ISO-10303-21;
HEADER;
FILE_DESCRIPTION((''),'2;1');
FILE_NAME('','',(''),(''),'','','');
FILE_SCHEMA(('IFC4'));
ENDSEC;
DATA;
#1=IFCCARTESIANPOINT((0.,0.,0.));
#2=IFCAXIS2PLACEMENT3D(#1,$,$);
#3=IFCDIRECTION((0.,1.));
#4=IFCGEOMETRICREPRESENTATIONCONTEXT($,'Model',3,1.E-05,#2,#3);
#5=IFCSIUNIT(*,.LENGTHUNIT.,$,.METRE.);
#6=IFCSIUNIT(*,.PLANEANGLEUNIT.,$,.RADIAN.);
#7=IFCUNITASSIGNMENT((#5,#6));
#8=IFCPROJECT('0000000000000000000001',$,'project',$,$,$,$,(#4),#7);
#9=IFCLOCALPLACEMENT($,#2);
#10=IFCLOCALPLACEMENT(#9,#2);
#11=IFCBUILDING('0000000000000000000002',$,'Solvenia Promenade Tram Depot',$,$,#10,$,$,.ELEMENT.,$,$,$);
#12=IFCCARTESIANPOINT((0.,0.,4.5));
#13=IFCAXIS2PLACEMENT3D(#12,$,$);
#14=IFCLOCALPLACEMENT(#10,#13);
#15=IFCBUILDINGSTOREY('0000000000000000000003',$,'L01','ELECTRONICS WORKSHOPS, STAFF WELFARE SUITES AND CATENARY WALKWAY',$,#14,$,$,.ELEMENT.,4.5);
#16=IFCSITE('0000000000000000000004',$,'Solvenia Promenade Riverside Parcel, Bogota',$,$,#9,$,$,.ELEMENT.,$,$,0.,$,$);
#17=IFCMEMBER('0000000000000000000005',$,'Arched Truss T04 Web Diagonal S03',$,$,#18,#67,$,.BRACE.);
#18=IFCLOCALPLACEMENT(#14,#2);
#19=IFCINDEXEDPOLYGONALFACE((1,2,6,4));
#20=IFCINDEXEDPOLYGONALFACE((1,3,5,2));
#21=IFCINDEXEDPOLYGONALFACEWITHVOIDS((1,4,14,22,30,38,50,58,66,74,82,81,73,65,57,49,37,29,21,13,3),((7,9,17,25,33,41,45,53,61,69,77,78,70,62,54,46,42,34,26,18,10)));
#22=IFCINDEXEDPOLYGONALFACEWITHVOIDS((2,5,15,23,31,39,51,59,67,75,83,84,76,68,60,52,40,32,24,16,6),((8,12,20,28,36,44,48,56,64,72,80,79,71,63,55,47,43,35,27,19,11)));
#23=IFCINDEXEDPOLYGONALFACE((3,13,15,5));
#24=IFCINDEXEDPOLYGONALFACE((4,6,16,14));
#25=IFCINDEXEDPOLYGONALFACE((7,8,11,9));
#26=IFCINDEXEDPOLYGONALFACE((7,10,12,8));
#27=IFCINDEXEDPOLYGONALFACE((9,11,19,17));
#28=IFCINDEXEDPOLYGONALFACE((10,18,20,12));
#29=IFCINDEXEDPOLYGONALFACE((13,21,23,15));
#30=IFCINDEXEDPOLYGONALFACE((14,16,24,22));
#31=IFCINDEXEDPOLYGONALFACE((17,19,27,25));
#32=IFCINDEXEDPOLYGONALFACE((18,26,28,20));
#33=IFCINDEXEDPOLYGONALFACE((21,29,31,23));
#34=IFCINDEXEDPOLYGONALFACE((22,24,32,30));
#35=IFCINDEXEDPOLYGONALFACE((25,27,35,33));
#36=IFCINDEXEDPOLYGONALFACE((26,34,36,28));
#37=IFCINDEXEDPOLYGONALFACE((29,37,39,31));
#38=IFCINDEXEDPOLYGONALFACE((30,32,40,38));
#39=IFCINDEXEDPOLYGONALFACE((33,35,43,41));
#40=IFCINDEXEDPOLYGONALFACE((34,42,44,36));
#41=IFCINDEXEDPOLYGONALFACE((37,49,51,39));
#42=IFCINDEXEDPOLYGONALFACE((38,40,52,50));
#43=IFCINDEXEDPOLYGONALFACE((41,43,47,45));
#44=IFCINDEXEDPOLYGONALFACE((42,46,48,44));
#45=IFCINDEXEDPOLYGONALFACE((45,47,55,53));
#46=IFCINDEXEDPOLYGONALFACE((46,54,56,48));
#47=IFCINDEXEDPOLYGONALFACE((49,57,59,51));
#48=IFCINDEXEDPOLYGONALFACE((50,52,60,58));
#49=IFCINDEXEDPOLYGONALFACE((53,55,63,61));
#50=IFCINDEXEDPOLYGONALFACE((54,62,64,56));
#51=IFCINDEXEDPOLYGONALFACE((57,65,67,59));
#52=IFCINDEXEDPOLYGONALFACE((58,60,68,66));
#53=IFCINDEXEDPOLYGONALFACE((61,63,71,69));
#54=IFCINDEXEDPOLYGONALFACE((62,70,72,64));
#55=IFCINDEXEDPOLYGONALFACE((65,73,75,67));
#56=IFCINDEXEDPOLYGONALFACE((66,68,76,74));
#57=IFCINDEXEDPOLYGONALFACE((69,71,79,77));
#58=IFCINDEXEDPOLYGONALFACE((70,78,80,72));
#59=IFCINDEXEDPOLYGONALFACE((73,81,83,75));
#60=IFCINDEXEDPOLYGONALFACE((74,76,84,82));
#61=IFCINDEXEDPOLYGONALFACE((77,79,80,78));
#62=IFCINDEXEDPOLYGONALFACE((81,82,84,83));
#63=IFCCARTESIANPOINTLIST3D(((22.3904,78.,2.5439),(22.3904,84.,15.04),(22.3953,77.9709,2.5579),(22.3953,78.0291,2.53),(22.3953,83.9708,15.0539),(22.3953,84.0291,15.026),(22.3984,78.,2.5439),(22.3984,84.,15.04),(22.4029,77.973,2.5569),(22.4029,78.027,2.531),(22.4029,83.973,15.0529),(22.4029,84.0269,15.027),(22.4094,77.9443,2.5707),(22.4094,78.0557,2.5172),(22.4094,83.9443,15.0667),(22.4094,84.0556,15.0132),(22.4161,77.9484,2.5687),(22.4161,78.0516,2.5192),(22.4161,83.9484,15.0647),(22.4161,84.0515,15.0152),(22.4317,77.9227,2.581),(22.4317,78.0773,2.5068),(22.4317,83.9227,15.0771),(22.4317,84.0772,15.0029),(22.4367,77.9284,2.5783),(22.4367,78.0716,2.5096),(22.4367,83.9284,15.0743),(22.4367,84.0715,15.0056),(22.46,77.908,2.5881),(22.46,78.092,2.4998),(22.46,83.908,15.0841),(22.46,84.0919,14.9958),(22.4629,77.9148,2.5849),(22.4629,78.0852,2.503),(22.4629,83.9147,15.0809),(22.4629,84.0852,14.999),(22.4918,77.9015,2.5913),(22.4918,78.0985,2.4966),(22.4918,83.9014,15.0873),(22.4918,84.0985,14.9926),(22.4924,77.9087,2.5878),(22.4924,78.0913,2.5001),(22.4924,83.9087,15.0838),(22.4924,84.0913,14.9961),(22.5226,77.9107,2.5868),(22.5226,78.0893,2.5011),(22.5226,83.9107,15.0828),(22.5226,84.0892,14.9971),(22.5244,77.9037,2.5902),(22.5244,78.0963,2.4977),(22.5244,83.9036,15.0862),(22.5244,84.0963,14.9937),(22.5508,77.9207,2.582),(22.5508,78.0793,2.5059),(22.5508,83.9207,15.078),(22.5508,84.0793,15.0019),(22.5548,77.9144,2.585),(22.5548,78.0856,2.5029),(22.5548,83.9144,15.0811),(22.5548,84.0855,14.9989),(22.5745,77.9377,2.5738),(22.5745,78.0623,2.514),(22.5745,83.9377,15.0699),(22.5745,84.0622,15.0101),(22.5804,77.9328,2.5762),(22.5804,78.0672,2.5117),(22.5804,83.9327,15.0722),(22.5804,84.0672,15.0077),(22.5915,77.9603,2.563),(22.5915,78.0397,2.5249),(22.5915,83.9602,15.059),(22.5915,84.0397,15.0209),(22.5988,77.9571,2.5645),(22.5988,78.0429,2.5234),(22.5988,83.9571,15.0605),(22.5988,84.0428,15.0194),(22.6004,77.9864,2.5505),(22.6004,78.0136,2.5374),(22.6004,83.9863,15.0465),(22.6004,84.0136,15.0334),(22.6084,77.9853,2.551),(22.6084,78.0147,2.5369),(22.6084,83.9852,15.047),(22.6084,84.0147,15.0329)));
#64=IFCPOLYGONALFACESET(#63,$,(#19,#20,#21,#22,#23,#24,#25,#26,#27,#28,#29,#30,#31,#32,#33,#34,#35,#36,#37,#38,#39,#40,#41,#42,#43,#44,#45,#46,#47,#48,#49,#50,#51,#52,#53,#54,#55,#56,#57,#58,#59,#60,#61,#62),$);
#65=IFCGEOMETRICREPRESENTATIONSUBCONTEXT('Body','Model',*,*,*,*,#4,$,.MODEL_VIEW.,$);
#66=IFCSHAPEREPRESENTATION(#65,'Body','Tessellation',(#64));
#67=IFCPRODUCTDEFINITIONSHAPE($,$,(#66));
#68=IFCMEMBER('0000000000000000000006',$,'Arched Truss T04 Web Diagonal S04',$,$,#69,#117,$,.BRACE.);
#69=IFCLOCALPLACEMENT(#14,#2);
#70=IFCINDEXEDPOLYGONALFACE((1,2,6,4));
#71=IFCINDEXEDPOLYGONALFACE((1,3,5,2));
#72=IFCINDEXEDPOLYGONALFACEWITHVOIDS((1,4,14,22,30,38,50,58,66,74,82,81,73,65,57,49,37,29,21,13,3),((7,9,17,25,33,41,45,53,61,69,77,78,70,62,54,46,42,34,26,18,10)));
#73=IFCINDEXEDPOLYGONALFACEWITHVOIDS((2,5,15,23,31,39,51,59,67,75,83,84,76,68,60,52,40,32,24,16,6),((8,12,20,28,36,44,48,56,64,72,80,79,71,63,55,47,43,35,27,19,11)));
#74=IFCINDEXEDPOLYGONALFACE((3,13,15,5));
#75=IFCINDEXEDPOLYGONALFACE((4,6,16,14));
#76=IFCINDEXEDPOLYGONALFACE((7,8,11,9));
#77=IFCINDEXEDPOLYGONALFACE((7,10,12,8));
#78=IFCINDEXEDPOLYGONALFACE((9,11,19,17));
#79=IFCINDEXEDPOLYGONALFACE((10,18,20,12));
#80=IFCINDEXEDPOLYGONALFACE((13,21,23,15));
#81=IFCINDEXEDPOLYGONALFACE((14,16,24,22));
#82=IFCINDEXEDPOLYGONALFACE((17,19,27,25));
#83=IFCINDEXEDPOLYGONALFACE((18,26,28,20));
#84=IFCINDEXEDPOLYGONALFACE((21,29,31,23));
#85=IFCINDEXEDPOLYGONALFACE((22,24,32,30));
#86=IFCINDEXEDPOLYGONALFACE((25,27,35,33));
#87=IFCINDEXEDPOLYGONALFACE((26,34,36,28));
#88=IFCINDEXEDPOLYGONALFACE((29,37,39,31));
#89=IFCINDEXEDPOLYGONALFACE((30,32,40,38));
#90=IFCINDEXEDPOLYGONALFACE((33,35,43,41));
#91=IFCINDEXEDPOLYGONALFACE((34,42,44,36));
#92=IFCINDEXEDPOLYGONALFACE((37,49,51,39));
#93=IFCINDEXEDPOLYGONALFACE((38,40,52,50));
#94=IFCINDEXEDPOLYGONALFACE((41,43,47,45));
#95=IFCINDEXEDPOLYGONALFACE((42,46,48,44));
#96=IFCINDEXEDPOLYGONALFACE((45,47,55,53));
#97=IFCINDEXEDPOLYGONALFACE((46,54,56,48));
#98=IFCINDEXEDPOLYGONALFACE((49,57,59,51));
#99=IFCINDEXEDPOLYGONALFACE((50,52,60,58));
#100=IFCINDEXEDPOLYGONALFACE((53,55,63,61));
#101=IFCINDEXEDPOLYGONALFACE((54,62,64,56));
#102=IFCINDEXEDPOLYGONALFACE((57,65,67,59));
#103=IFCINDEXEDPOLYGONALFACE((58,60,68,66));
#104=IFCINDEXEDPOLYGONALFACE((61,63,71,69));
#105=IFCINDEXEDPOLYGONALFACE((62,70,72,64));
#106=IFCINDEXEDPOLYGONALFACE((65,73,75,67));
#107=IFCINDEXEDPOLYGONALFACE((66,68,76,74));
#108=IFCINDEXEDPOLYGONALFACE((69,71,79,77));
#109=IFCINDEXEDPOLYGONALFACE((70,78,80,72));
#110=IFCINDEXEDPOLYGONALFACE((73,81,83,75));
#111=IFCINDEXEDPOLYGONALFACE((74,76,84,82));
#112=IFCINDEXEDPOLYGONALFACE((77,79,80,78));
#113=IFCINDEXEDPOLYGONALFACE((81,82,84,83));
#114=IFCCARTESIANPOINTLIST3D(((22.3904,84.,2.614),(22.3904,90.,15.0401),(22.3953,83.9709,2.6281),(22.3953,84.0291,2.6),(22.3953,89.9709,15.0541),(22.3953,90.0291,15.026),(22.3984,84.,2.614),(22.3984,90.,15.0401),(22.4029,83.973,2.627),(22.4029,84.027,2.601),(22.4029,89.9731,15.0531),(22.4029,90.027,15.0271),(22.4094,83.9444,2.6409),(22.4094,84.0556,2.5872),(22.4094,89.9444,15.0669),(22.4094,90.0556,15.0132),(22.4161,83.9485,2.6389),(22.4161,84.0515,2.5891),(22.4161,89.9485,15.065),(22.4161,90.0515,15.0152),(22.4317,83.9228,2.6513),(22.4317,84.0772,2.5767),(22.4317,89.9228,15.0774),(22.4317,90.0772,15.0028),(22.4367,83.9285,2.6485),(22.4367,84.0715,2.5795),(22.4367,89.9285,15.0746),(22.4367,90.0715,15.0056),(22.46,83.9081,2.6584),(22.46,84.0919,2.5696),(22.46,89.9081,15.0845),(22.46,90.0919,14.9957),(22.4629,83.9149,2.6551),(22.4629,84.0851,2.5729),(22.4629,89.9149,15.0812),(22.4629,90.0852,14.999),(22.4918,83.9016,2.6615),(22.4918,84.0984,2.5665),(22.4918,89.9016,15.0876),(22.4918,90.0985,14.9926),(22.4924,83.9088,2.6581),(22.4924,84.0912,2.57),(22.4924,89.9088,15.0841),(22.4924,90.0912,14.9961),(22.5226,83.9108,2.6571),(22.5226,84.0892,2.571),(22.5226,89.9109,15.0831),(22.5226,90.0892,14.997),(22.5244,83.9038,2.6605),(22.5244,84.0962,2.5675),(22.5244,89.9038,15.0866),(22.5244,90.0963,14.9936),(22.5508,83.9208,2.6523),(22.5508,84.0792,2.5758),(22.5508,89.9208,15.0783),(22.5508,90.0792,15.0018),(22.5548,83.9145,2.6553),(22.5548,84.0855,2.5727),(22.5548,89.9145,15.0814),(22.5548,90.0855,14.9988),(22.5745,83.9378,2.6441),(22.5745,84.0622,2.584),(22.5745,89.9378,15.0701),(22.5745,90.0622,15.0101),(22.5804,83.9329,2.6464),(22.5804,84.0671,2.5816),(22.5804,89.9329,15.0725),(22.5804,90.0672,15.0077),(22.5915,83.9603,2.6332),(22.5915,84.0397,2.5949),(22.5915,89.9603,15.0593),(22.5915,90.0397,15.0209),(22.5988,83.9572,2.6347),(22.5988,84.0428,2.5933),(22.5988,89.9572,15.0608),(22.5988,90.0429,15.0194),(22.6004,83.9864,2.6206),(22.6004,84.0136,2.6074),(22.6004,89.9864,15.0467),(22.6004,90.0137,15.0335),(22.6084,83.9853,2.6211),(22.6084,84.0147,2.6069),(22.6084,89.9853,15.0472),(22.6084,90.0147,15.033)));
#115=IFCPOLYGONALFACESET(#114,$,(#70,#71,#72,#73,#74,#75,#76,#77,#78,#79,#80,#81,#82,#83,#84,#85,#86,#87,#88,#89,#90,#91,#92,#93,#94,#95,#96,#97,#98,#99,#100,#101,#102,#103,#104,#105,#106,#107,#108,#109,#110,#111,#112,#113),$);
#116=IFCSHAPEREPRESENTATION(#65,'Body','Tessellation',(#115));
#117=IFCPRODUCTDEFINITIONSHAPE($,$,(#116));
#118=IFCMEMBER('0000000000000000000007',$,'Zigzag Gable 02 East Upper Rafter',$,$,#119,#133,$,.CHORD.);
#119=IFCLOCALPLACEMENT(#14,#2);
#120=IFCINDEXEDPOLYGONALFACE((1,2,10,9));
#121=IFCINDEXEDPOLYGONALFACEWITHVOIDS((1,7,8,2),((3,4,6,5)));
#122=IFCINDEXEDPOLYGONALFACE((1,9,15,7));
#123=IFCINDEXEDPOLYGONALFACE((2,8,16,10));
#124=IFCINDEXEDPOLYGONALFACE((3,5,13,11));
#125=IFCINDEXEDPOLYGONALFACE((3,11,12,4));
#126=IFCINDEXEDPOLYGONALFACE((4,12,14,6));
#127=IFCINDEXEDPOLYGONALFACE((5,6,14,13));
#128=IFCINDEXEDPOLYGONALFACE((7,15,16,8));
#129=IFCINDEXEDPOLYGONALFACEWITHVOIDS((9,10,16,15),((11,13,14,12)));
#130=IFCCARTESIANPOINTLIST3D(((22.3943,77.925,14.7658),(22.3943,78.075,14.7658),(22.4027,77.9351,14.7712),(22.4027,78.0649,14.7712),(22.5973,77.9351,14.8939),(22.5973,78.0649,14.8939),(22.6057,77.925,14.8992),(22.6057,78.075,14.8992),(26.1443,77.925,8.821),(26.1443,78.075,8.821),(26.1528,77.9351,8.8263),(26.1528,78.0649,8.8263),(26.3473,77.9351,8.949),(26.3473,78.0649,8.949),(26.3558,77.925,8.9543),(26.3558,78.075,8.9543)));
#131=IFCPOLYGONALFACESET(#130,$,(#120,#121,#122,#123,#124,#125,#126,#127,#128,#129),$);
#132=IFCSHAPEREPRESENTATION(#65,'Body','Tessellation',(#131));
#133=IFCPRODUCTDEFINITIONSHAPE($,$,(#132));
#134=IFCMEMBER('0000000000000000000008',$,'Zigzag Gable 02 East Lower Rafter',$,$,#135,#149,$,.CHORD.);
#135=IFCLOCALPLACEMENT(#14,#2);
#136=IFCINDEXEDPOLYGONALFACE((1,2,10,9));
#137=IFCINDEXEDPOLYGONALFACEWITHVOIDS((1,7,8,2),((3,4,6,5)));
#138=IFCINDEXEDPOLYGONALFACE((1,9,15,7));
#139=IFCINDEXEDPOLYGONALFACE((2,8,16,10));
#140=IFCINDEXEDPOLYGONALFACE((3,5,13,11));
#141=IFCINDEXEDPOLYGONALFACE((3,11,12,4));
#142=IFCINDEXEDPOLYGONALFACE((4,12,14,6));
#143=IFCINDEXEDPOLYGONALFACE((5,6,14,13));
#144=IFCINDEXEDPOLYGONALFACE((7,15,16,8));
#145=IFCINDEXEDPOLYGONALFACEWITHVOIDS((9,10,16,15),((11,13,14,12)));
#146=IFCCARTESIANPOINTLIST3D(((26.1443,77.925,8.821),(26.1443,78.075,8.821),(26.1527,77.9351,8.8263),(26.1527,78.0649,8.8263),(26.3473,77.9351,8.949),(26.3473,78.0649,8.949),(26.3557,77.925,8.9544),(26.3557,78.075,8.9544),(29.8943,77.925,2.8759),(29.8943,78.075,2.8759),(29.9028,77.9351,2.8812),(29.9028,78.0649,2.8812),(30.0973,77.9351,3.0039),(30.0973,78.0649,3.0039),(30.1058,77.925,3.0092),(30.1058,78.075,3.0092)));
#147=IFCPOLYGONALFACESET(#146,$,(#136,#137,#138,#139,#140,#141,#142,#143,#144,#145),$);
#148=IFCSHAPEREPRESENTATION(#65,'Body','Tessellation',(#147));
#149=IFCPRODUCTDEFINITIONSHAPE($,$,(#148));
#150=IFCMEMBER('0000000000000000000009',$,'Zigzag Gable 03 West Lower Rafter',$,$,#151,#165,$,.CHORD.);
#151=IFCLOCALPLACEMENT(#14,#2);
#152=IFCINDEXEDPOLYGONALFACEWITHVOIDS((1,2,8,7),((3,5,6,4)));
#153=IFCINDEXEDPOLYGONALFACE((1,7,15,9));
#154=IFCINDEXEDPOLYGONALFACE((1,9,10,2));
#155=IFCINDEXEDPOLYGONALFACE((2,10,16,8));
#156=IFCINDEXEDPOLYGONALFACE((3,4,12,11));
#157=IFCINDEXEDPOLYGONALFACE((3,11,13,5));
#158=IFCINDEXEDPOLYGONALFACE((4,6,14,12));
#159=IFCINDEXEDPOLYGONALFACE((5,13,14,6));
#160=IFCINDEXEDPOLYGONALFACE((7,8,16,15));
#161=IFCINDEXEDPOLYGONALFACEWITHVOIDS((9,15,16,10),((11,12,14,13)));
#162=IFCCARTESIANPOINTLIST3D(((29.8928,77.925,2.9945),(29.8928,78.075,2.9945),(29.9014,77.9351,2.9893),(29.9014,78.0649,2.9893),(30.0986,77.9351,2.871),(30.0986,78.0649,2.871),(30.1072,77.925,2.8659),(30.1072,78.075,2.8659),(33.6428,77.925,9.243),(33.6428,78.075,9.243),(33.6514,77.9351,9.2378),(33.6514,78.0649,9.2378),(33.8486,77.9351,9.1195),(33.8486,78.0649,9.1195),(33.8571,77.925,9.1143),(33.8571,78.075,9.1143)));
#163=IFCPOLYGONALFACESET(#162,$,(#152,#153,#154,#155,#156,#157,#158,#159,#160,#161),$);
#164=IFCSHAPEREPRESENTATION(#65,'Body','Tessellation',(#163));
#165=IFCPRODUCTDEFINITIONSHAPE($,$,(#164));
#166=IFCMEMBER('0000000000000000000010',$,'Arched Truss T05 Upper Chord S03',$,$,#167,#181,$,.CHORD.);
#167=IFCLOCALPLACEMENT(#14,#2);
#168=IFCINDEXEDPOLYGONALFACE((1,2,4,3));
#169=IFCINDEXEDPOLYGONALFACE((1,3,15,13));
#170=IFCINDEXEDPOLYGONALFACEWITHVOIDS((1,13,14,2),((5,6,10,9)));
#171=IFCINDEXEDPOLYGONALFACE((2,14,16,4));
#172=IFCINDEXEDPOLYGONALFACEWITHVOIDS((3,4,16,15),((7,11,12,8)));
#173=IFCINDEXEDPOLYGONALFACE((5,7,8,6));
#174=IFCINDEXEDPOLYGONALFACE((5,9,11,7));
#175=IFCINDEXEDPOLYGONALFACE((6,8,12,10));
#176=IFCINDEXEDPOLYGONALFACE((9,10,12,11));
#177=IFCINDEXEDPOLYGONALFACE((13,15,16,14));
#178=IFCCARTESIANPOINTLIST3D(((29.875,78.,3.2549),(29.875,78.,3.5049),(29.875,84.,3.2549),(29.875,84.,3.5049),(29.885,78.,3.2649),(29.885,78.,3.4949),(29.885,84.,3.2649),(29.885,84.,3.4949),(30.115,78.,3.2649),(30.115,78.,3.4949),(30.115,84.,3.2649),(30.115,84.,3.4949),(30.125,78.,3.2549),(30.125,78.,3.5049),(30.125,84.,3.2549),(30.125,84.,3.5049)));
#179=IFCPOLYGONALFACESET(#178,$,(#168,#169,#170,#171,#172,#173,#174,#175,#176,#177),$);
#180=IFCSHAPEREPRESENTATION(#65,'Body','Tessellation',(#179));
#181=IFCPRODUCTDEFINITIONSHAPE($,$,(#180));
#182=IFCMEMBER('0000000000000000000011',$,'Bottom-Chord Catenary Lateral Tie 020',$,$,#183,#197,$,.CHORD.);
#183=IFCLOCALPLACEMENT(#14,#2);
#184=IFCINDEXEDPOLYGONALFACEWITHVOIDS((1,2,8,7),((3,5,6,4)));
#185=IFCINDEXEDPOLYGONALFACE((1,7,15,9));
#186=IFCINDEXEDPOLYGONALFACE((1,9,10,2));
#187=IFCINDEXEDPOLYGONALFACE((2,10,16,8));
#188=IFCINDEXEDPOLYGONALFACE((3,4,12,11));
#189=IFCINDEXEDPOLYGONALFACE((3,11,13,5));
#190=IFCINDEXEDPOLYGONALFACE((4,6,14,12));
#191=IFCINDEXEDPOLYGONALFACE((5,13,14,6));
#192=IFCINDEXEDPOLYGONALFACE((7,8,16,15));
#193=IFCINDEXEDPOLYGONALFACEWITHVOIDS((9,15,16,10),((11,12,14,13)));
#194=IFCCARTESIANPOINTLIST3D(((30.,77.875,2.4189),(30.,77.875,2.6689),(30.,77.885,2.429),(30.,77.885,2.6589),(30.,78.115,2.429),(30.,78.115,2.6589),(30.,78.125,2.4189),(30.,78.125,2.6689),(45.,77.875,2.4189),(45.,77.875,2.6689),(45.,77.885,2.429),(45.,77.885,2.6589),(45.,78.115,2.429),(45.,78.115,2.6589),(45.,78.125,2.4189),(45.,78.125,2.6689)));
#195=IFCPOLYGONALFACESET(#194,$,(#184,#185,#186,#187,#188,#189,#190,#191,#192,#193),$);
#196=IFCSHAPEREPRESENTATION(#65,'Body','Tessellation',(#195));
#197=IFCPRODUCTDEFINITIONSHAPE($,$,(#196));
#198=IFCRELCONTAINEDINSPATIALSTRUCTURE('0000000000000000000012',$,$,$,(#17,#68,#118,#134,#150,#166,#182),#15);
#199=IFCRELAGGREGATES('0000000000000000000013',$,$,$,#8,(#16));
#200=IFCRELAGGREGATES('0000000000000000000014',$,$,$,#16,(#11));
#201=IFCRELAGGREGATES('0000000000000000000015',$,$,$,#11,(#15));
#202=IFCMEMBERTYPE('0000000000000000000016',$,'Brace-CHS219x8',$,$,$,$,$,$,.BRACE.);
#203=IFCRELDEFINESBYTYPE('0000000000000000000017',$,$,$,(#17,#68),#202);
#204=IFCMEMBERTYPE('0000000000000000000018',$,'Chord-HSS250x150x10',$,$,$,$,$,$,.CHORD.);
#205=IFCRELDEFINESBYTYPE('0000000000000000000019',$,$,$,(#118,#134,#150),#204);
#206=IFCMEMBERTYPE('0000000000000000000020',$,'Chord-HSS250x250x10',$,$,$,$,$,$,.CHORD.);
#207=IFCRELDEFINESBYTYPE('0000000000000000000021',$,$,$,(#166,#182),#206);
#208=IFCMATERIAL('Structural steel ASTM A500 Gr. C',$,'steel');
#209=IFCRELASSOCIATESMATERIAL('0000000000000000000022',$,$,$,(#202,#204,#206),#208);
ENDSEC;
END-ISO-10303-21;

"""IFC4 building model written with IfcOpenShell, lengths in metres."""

from ifc_helpers import new_model, si_unit, direction, frame, origin, origin_2d, place, context, subcontext, project, spatial, hollow_rectangle, hollow_circle, extrude, material, material_profile, profile_set, type_object, element, save


model = new_model("IFC4")

# Units and contexts
model_context = context("Model", 3, precision=1e-05, world=origin(), true_north=direction((0.0, 1.0)))
body_context = subcontext(model_context, "Body", "Model", "MODEL_VIEW")
ifc_project = project(units=[si_unit("LENGTHUNIT", "METRE"), si_unit("PLANEANGLEUNIT", "RADIAN")], contexts=[model_context])

# Site, building, storey
site_placement = place(None, origin())
site = spatial("IfcSite", under=ifc_project, at=site_placement, Name="Solvenia Promenade Riverside Parcel, Bogota", CompositionType="ELEMENT", RefElevation=0.0)
building_placement = place(site_placement, origin())
building = spatial("IfcBuilding", under=site, at=building_placement, Name="Solvenia Promenade Tram Depot", CompositionType="ELEMENT")
storey_placement = place(building_placement, frame((0.0, 0.0, 4.5)))
storey = spatial("IfcBuildingStorey", under=building, at=storey_placement, Name="L01", Description="ELECTRONICS WORKSHOPS, STAFF WELFARE SUITES AND CATENARY WALKWAY", CompositionType="ELEMENT", Elevation=4.5)

# Members
ifc_material_1 = material(Name="Structural steel ASTM A500 Gr. C", Category="steel")
ifc_material_profile_1 = material_profile(ifc_material_1, hollow_circle(Radius=0.1096, WallThickness=0.0081, at=origin_2d()), Name="CHS219.1x8", Category="steel")
ifc_profile_set_1 = profile_set([ifc_material_profile_1], Name="Structural steel ASTM A500 Gr. C")
member_type_1 = type_object("IfcMemberType", Name="Brace-CHS219x8", PredefinedType="BRACE", material=ifc_profile_set_1)
member_1_placement = place(storey_placement, frame((22.5, 78.0, 2.5439), z_axis=(0.0, 0.432841, 0.90147), x_axis=(-1.0, 0.0, 0.0)))
element("IfcMember", 1, at=member_1_placement, inside=storey, type_object=member_type_1, Name="Arched Truss T04 Web Diagonal S03", PredefinedType="BRACE", context=body_context, shape_type="SweptSolid", body=[
    extrude(hollow_circle(Radius=0.1096, WallThickness=0.0081, at=origin_2d()), origin(), (0.0, 0.0, 1.0), 13.8618),
])
member_2_placement = place(storey_placement, frame((22.5, 84.0, 2.614), z_axis=(0.0, 0.434821, 0.900517), x_axis=(-1.0, 0.0, 0.0)))
element("IfcMember", 2, at=member_2_placement, inside=storey, type_object=member_type_1, Name="Arched Truss T04 Web Diagonal S04", PredefinedType="BRACE", context=body_context, shape_type="SweptSolid", body=[
    extrude(hollow_circle(Radius=0.1096, WallThickness=0.0081, at=origin_2d()), origin(), (0.0, 0.0, 1.0), 13.7988),
])
ifc_material_profile_2 = material_profile(ifc_material_1, hollow_rectangle(XDim=0.1499, YDim=0.25, WallThickness=0.01, at=origin_2d()), Name="HSS250x150x10", Category="steel")
ifc_profile_set_2 = profile_set([ifc_material_profile_2], Name="Structural steel ASTM A500 Gr. C")
member_type_2 = type_object("IfcMemberType", Name="Chord-HSS250x150x10", PredefinedType="CHORD", material=ifc_profile_set_2)
member_3_placement = place(storey_placement, frame((22.5, 78.0, 14.8325), z_axis=(0.533522, 0.0, -0.845786), x_axis=(0.0, 1.0, 0.0)))
element("IfcMember", 3, at=member_3_placement, inside=storey, type_object=member_type_2, Name="Zigzag Gable 02 East Upper Rafter", PredefinedType="CHORD", context=body_context, shape_type="SweptSolid", body=[
    extrude(hollow_rectangle(XDim=0.1499, YDim=0.25, WallThickness=0.01, at=origin_2d()), origin(), (0.0, 0.0, 1.0), 7.0288),
])
member_4_placement = place(storey_placement, frame((26.25, 78.0, 8.8877), z_axis=(0.533507, 0.0, -0.845796), x_axis=(0.0, 1.0, 0.0)))
element("IfcMember", 4, at=member_4_placement, inside=storey, type_object=member_type_2, Name="Zigzag Gable 02 East Lower Rafter", PredefinedType="CHORD", context=body_context, shape_type="SweptSolid", body=[
    extrude(hollow_rectangle(XDim=0.1499, YDim=0.25, WallThickness=0.01, at=origin_2d()), origin(), (0.0, 0.0, 1.0), 7.0291),
])
member_5_placement = place(storey_placement, frame((30.0, 78.0, 2.9302), z_axis=(0.514584, 0.0, 0.85744), x_axis=(0.0, 1.0, 0.0)))
element("IfcMember", 5, at=member_5_placement, inside=storey, type_object=member_type_2, Name="Zigzag Gable 03 West Lower Rafter", PredefinedType="CHORD", context=body_context, shape_type="SweptSolid", body=[
    extrude(hollow_rectangle(XDim=0.1499, YDim=0.25, WallThickness=0.01, at=origin_2d()), origin(), (0.0, 0.0, 1.0), 7.2874),
])
ifc_material_profile_3 = material_profile(ifc_material_1, hollow_rectangle(XDim=0.25, YDim=0.25, WallThickness=0.01, at=origin_2d()), Name="HSS250x250x10", Category="steel")
ifc_profile_set_3 = profile_set([ifc_material_profile_3], Name="Structural steel ASTM A500 Gr. C")
member_type_3 = type_object("IfcMemberType", Name="Chord-HSS250x250x10", PredefinedType="CHORD", material=ifc_profile_set_3)
member_6_placement = place(storey_placement, frame((30.0, 78.0, 3.3799), z_axis=(0.0, 1.0, 0.0), x_axis=(-1.0, 0.0, 0.0)))
element("IfcMember", 6, at=member_6_placement, inside=storey, type_object=member_type_3, Name="Arched Truss T05 Upper Chord S03", PredefinedType="CHORD", context=body_context, shape_type="SweptSolid", body=[
    extrude(hollow_rectangle(XDim=0.25, YDim=0.25, WallThickness=0.01, at=origin_2d()), origin(), (0.0, 0.0, 1.0), 6.0),
])
member_7_placement = place(storey_placement, frame((30.0, 78.0, 2.5439), z_axis=(1.0, 0.0, 0.0), x_axis=(0.0, 1.0, 0.0)))
element("IfcMember", 7, at=member_7_placement, inside=storey, type_object=member_type_3, Name="Bottom-Chord Catenary Lateral Tie 020", PredefinedType="CHORD", context=body_context, shape_type="SweptSolid", body=[
    extrude(hollow_rectangle(XDim=0.25, YDim=0.25, WallThickness=0.01, at=origin_2d()), origin(), (0.0, 0.0, 1.0), 15.0),
])

save(model, "model.ifc")
